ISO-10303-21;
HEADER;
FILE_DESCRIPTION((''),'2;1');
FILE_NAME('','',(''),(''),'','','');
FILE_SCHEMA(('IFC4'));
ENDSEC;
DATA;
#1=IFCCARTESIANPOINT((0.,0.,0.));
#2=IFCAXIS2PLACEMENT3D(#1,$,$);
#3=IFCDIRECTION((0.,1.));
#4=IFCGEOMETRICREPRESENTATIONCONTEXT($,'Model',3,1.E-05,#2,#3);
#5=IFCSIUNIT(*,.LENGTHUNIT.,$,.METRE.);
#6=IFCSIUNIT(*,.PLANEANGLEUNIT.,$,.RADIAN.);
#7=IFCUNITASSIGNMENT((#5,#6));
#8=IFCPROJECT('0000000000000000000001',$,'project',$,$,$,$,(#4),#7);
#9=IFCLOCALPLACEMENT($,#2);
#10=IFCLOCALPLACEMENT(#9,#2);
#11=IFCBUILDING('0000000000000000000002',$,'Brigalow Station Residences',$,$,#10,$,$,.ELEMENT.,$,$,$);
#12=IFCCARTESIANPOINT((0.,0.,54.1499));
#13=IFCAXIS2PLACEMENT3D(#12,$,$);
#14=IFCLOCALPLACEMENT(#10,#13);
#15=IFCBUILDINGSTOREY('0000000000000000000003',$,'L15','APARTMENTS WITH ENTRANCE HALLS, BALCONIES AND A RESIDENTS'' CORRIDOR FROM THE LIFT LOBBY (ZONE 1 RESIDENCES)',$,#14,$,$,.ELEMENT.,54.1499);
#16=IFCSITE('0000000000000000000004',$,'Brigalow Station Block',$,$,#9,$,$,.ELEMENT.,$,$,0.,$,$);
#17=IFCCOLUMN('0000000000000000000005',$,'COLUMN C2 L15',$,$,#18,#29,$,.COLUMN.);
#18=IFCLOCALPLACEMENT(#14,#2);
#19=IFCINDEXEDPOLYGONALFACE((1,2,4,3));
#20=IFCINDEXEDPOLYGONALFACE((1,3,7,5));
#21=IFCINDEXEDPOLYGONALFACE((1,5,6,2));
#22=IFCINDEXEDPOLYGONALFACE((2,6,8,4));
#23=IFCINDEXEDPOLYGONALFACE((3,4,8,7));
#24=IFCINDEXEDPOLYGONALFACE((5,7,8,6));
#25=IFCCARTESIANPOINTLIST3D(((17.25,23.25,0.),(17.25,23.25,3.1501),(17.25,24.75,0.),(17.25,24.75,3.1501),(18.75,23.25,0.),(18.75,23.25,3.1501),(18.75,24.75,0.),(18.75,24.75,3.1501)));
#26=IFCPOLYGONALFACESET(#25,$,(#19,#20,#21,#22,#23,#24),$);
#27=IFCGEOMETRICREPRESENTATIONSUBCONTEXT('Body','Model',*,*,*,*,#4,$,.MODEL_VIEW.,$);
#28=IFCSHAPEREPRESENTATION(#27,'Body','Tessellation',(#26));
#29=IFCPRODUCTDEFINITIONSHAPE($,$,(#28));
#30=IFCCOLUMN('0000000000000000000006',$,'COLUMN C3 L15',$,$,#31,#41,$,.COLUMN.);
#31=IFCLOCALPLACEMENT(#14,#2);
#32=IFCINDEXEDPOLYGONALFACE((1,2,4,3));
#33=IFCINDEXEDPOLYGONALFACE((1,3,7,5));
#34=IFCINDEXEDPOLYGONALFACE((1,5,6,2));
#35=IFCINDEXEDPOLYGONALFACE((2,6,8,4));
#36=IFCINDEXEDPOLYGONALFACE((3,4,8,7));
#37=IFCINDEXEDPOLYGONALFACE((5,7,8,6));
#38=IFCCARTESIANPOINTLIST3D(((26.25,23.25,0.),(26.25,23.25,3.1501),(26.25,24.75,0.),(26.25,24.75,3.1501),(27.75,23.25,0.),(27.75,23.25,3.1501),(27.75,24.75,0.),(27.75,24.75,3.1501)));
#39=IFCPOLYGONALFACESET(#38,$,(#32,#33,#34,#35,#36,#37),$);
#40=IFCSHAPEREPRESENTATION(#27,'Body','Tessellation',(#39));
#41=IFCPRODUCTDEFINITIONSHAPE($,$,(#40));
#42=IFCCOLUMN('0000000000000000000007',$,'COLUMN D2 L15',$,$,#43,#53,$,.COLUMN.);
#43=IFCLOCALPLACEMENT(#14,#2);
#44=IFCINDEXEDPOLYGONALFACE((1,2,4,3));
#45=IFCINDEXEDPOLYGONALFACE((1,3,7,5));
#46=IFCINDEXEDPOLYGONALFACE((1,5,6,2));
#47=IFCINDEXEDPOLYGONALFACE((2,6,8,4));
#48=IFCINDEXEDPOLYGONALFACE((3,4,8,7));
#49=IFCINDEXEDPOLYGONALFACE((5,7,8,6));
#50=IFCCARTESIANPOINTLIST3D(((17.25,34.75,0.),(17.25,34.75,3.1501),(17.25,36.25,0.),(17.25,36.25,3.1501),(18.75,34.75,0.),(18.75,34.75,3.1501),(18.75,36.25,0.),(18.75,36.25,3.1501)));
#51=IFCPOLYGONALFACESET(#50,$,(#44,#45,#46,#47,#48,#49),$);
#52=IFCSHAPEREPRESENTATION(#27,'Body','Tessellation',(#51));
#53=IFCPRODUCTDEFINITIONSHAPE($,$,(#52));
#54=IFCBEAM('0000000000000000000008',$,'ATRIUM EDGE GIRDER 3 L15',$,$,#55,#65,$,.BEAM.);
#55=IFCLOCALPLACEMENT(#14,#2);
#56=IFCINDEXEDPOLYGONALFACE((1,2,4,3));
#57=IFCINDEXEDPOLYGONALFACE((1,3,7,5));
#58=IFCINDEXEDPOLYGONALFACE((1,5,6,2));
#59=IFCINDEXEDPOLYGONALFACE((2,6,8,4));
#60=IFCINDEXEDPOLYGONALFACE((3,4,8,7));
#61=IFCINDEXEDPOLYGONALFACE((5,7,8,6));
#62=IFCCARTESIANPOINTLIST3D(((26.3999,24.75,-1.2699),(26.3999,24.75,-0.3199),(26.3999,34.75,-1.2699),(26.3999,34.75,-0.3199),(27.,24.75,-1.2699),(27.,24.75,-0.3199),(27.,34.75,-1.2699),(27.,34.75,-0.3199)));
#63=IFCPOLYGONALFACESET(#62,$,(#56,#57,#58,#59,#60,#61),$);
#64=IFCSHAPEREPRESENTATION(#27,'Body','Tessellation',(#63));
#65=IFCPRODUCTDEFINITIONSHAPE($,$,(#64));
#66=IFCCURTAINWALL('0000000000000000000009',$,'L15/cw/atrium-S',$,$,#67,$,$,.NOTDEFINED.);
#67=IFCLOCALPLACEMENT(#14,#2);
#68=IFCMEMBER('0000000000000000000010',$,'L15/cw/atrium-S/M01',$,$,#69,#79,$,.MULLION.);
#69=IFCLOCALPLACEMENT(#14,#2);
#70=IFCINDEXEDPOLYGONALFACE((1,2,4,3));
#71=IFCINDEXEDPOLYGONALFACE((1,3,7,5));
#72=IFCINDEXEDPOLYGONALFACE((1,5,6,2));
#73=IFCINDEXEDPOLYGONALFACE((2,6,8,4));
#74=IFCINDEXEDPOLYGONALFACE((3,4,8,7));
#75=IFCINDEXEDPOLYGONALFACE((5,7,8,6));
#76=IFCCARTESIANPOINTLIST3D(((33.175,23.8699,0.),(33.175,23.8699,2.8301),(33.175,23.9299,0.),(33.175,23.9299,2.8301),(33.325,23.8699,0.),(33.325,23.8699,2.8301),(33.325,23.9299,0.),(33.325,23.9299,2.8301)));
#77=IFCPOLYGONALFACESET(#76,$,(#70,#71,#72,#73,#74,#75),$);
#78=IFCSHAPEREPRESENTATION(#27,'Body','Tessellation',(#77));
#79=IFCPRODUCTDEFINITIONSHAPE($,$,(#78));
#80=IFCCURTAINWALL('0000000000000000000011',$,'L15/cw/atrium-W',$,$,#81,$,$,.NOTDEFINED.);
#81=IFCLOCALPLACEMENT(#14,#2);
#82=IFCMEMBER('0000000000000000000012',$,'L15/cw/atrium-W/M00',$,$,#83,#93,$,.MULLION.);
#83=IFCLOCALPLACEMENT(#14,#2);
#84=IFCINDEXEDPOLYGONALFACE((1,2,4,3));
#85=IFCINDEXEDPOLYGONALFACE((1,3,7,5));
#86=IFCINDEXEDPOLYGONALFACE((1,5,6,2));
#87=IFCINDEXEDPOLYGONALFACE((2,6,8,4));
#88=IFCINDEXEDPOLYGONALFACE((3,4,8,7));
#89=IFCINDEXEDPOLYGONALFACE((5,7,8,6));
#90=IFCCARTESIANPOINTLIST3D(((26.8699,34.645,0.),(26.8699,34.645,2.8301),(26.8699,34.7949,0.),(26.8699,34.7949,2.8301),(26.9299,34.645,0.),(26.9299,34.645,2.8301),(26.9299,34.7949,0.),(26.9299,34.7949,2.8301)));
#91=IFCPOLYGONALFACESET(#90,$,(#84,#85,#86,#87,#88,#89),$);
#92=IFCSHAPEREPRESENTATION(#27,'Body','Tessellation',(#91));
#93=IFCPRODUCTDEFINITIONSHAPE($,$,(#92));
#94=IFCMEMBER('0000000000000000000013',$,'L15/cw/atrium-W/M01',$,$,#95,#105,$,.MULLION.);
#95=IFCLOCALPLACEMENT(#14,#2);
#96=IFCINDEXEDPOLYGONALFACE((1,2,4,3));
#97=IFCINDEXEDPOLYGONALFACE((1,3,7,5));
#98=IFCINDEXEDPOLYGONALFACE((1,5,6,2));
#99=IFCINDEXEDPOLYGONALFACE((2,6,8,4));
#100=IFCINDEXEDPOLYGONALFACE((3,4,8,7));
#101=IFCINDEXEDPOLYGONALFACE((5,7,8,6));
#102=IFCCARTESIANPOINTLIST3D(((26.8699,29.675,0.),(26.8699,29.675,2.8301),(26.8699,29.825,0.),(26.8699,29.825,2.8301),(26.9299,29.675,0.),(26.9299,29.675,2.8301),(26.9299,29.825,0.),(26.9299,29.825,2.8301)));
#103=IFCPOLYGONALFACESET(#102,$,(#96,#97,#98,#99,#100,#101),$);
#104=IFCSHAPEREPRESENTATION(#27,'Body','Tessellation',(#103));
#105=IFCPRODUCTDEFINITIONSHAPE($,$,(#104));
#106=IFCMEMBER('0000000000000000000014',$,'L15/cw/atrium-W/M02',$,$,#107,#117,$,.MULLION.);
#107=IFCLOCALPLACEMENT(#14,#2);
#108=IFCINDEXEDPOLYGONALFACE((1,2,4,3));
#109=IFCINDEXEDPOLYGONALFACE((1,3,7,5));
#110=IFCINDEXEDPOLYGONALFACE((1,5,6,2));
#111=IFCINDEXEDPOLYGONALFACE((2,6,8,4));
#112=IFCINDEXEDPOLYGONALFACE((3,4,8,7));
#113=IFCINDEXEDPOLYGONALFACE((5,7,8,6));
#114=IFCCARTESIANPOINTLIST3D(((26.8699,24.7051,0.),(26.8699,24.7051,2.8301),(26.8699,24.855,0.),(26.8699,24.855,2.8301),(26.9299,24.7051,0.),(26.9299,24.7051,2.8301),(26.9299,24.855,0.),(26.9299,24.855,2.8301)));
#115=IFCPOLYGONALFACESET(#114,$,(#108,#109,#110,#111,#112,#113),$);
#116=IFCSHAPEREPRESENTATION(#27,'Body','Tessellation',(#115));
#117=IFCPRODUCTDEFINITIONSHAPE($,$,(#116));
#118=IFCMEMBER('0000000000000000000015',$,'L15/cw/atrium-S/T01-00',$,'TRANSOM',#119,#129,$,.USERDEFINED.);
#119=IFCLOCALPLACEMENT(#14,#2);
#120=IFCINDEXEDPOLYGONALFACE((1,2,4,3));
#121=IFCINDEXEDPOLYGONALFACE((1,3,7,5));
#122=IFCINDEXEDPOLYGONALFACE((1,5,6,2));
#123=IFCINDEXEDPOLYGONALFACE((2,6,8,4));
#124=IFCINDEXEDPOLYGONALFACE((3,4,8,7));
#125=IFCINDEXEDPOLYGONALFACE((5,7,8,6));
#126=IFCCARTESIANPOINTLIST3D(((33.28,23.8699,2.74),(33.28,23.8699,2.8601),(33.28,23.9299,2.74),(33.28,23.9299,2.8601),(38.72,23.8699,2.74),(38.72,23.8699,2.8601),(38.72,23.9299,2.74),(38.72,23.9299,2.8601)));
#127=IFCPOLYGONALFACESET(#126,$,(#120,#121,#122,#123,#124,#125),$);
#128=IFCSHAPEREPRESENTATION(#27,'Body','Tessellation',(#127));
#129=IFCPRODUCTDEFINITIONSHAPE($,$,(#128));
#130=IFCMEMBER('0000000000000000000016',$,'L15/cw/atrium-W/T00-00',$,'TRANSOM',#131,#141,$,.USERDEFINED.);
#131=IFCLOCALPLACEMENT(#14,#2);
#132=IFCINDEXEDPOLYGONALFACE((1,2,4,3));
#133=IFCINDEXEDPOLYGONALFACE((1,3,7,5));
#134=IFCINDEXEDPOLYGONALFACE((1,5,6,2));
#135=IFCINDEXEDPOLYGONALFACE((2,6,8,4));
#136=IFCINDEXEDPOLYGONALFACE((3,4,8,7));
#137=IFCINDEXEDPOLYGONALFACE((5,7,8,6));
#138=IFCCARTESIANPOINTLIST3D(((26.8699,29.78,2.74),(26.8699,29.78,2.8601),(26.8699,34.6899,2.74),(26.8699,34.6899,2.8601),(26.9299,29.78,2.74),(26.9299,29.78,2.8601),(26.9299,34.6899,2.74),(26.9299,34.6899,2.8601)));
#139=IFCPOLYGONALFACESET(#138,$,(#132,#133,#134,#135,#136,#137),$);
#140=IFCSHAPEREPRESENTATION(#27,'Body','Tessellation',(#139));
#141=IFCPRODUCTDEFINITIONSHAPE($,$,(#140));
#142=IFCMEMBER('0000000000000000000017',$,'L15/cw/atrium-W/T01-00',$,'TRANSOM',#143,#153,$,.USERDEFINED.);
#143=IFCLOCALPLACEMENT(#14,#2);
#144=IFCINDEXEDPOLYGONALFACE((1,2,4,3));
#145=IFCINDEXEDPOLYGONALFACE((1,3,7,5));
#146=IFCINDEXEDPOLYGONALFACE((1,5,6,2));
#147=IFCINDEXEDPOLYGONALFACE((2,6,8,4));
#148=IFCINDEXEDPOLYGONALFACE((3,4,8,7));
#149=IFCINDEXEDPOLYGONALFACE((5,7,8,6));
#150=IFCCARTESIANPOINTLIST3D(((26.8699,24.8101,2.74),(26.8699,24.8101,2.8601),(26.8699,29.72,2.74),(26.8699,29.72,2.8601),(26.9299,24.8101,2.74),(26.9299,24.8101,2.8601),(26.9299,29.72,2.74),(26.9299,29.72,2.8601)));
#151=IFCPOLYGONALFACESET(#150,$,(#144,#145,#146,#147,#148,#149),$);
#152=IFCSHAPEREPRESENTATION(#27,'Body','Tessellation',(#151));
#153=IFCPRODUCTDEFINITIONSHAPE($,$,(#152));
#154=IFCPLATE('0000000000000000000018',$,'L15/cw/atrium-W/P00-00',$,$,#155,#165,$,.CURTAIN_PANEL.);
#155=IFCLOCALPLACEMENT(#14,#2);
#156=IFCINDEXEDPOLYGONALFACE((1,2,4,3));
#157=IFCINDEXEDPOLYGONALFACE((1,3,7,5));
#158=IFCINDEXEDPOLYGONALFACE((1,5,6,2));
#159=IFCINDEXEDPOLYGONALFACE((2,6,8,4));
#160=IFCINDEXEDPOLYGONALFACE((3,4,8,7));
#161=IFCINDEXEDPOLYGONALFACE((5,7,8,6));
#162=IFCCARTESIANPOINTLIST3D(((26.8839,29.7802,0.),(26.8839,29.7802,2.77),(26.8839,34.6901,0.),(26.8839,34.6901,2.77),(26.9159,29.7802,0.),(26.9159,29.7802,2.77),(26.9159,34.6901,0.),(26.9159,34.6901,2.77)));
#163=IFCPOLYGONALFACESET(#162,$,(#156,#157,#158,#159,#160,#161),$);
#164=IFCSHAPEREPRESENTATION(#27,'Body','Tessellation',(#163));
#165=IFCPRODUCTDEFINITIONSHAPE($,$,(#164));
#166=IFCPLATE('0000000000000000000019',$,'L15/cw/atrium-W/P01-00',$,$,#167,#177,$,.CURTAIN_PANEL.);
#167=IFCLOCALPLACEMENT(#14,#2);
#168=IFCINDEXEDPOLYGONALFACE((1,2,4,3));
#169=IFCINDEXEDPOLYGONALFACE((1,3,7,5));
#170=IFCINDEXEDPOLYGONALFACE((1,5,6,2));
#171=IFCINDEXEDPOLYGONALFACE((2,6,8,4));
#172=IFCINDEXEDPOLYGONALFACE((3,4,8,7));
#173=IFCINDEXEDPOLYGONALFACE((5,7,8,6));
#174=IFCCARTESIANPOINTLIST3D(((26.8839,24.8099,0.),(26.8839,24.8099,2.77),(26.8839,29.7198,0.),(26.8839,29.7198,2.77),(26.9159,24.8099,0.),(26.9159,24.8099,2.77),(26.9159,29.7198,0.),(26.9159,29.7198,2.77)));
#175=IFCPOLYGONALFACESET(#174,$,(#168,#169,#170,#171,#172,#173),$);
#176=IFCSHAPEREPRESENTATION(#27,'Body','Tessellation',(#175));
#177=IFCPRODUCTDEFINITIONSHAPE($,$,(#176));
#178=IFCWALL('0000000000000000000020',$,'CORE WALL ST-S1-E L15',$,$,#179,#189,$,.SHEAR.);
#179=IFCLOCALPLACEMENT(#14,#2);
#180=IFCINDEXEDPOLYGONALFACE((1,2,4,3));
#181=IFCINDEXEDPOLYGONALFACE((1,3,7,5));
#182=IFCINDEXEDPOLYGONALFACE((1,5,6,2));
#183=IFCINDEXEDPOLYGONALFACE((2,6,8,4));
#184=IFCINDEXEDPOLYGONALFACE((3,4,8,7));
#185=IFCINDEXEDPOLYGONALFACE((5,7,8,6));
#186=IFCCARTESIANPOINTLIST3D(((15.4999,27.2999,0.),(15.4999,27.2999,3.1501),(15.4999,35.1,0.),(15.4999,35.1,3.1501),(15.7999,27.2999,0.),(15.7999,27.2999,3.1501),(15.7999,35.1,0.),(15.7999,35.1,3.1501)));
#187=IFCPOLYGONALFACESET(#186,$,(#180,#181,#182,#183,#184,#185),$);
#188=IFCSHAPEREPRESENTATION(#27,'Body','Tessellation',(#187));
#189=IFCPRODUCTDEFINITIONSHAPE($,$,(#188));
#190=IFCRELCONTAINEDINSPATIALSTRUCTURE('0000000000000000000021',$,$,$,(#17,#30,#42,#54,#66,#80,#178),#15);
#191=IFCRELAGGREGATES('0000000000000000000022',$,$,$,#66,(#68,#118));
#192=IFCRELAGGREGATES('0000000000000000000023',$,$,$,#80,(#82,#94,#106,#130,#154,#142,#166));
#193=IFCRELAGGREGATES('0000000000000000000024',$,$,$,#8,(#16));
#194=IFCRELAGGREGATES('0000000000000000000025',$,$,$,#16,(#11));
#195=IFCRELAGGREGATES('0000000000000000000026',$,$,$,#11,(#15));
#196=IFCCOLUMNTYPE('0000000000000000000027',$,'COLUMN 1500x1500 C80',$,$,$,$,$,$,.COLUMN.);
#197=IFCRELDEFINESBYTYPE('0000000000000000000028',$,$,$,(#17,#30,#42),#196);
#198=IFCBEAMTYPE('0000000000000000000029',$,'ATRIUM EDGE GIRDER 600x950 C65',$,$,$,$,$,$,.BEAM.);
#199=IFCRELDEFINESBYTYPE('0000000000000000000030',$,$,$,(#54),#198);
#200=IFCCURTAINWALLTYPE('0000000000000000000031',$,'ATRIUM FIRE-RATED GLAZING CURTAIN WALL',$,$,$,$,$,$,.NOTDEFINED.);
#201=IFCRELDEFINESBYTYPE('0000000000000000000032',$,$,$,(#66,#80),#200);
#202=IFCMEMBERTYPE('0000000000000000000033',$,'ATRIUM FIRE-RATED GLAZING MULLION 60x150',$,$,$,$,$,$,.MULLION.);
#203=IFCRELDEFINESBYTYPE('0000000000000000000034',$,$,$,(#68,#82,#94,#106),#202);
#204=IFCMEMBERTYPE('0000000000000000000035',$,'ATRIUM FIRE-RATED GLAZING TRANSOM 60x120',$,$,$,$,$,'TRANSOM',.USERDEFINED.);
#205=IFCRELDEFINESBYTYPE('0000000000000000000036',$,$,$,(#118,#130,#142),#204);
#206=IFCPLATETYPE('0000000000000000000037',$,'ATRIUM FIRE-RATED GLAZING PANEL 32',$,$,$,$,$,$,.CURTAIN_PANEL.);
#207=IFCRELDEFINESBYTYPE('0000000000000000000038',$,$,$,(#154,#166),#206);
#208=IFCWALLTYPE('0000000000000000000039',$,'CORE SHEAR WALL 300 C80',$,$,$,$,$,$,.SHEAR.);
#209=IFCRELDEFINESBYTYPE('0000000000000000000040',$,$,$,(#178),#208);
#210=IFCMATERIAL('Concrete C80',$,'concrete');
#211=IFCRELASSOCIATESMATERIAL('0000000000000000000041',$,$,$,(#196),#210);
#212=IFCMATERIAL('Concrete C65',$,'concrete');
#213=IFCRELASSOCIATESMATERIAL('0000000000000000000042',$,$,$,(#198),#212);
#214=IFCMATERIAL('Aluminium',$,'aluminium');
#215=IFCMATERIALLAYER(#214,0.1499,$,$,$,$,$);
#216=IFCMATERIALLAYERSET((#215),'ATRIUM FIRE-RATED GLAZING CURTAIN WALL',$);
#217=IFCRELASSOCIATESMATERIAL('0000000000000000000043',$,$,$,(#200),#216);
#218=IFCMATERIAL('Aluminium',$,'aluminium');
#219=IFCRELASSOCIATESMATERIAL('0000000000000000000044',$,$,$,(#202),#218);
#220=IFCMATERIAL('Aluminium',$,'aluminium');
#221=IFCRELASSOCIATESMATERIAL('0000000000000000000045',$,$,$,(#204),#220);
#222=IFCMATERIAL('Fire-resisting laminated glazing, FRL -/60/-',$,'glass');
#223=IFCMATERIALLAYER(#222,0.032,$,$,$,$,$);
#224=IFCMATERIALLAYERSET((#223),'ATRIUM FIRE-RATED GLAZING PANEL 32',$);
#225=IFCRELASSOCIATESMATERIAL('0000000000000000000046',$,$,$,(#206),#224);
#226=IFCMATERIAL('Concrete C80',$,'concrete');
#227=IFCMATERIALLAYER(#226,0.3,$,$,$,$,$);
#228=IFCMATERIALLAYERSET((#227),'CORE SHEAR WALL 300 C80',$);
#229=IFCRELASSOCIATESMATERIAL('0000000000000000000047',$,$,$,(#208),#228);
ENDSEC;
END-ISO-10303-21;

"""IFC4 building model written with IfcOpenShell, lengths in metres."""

from ifc_helpers import new_model, si_unit, direction, frame, frame_2d, origin, origin_2d, place, context, subcontext, project, spatial, rectangle, extrude, material, layer, layer_set, material_profile, profile_set, type_object, element, aggregate, save


model = new_model("IFC4")

# Units and contexts
model_context = context("Model", 3, precision=1e-05, world=origin(), true_north=direction((0.0, 1.0)))
body_context = subcontext(model_context, "Body", "Model", "MODEL_VIEW")
ifc_project = project(units=[si_unit("LENGTHUNIT", "METRE"), si_unit("PLANEANGLEUNIT", "RADIAN")], contexts=[model_context])

# Site, building, storey
site_placement = place(None, origin())
site = spatial("IfcSite", under=ifc_project, at=site_placement, Name="Brigalow Station Block", CompositionType="ELEMENT", RefElevation=0.0)
building_placement = place(site_placement, origin())
building = spatial("IfcBuilding", under=site, at=building_placement, Name="Brigalow Station Residences", CompositionType="ELEMENT")
storey_placement = place(building_placement, frame((0.0, 0.0, 54.1499)))
storey = spatial("IfcBuildingStorey", under=building, at=storey_placement, Name="L15", Description="APARTMENTS WITH ENTRANCE HALLS, BALCONIES AND A RESIDENTS' CORRIDOR FROM THE LIFT LOBBY (ZONE 1 RESIDENCES)", CompositionType="ELEMENT", Elevation=54.1499)

# Columns
ifc_material_1 = material(Name="Concrete C80", Category="concrete")
ifc_material_profile_1 = material_profile(ifc_material_1, rectangle(XDim=1.5, YDim=1.5, at=origin_2d()), Name="RC1500x1500")
ifc_profile_set_1 = profile_set([ifc_material_profile_1], Name="Concrete C80")
column_type = type_object("IfcColumnType", Name="COLUMN 1500x1500 C80", PredefinedType="COLUMN", material=ifc_profile_set_1)
for number, where, z_axis, x_axis, name in (
    (1, (18.0, 24.0, 0.0), (0.0, 0.0, 1.0), (1.0, 0.0, 0.0), "COLUMN C2 L15"),
    (2, (27.0, 24.0, 0.0), (0.0, 0.0, 1.0), (1.0, 0.0, 0.0), "COLUMN C3 L15"),
    (3, (18.0, 35.5, 0.0), (0.0, 0.0, 1.0), (1.0, 0.0, 0.0), "COLUMN D2 L15"),
):
    element("IfcColumn", number, at=place(storey_placement, frame(where, z_axis=z_axis, x_axis=x_axis)), inside=storey, type_object=column_type, Name=name, PredefinedType="COLUMN", context=body_context, shape_type="SweptSolid", body=[
        extrude(rectangle(XDim=1.5, YDim=1.5, at=origin_2d()), origin(), (0.0, 0.0, 1.0), 3.1501),
    ])

# Beam
ifc_material_2 = material(Name="Concrete C65", Category="concrete")
ifc_material_profile_2 = material_profile(ifc_material_2, rectangle(XDim=0.6001, YDim=0.95, at=origin_2d()), Name="RC600x950")
ifc_profile_set_2 = profile_set([ifc_material_profile_2], Name="Concrete C65")
beam_type = type_object("IfcBeamType", Name="ATRIUM EDGE GIRDER 600x950 C65", PredefinedType="BEAM", material=ifc_profile_set_2)
beam_placement = place(storey_placement, frame((26.7, 24.75, -0.7949), z_axis=(0.0, 1.0, 0.0), x_axis=(-1.0, 0.0, 0.0)))
element("IfcBeam", 4, at=beam_placement, inside=storey, type_object=beam_type, Name="ATRIUM EDGE GIRDER 3 L15", PredefinedType="BEAM", context=body_context, shape_type="SweptSolid", body=[
    extrude(rectangle(XDim=0.6001, YDim=0.95, at=origin_2d()), origin(), (0.0, 0.0, 1.0), 10.0),
])

# Curtain wall, member
ifc_material_3 = material(Name="Aluminium", Category="aluminium")
ifc_layer_1 = layer(ifc_material_3, 0.1499)
ifc_layer_set_1 = layer_set([ifc_layer_1], Name="ATRIUM FIRE-RATED GLAZING CURTAIN WALL")
curtain_wall_type = type_object("IfcCurtainWallType", Name="ATRIUM FIRE-RATED GLAZING CURTAIN WALL", PredefinedType="NOTDEFINED", material=ifc_layer_set_1)
curtain_wall_1_placement = place(storey_placement, origin())
curtain_wall_1 = element("IfcCurtainWall", 5, at=curtain_wall_1_placement, inside=storey, type_object=curtain_wall_type, Name="L15/cw/atrium-S", PredefinedType="NOTDEFINED")
ifc_material_4 = material(Name="Aluminium", Category="aluminium")
ifc_material_profile_3 = material_profile(ifc_material_4, rectangle(XDim=0.0601, YDim=0.1499, at=origin_2d()), Name="ATRIUM FIRE-RATED GLAZING MULLION 60x150")
ifc_profile_set_3 = profile_set([ifc_material_profile_3], Name="Aluminium")
member_type_1 = type_object("IfcMemberType", Name="ATRIUM FIRE-RATED GLAZING MULLION 60x150", PredefinedType="MULLION", material=ifc_profile_set_3)
member_1_placement = place(storey_placement, frame((33.25, 23.8999, 0.0), z_axis=(0.0, 0.0, 1.0), x_axis=(0.0, 1.0, 0.0)))
member_1 = element("IfcMember", 6, at=member_1_placement, type_object=member_type_1, Name="L15/cw/atrium-S/M01", PredefinedType="MULLION", context=body_context, shape_type="SweptSolid", body=[
    extrude(rectangle(XDim=0.0601, YDim=0.1499, at=origin_2d()), origin(), (0.0, 0.0, 1.0), 2.8301),
])

# Curtain wall, members
curtain_wall_2_placement = place(storey_placement, origin())
curtain_wall_2 = element("IfcCurtainWall", 7, at=curtain_wall_2_placement, inside=storey, type_object=curtain_wall_type, Name="L15/cw/atrium-W", PredefinedType="NOTDEFINED")
member_2_placement = place(storey_placement, frame((26.8999, 34.72, 0.0), z_axis=(0.0, 0.0, 1.0), x_axis=(1.0, 0.0, 0.0)))
member_2 = element("IfcMember", 8, at=member_2_placement, type_object=member_type_1, Name="L15/cw/atrium-W/M00", PredefinedType="MULLION", context=body_context, shape_type="SweptSolid", body=[
    extrude(rectangle(XDim=0.0601, YDim=0.1499, at=origin_2d()), origin(), (0.0, 0.0, 1.0), 2.8301),
])
member_3_placement = place(storey_placement, frame((26.8999, 29.75, 0.0), z_axis=(0.0, 0.0, 1.0), x_axis=(1.0, 0.0, 0.0)))
member_3 = element("IfcMember", 9, at=member_3_placement, type_object=member_type_1, Name="L15/cw/atrium-W/M01", PredefinedType="MULLION", context=body_context, shape_type="SweptSolid", body=[
    extrude(rectangle(XDim=0.0601, YDim=0.1499, at=origin_2d()), origin(), (0.0, 0.0, 1.0), 2.8301),
])
member_4_placement = place(storey_placement, frame((26.8999, 24.78, 0.0), z_axis=(0.0, 0.0, 1.0), x_axis=(1.0, 0.0, 0.0)))
member_4 = element("IfcMember", 10, at=member_4_placement, type_object=member_type_1, Name="L15/cw/atrium-W/M02", PredefinedType="MULLION", context=body_context, shape_type="SweptSolid", body=[
    extrude(rectangle(XDim=0.0601, YDim=0.1499, at=origin_2d()), origin(), (0.0, 0.0, 1.0), 2.8301),
])

# Members
ifc_material_5 = material(Name="Aluminium", Category="aluminium")
ifc_material_profile_4 = material_profile(ifc_material_5, rectangle(XDim=0.0601, YDim=0.1201, at=origin_2d()), Name="ATRIUM FIRE-RATED GLAZING TRANSOM 60x120")
ifc_profile_set_4 = profile_set([ifc_material_profile_4], Name="Aluminium")
member_type_2 = type_object("IfcMemberType", Name="ATRIUM FIRE-RATED GLAZING TRANSOM 60x120", ElementType="TRANSOM", PredefinedType="USERDEFINED", material=ifc_profile_set_4)
member_5_placement = place(storey_placement, frame((33.28, 23.8999, 2.8), z_axis=(1.0, 0.0, 0.0), x_axis=(0.0, 1.0, 0.0)))
member_5 = element("IfcMember", 11, at=member_5_placement, type_object=member_type_2, Name="L15/cw/atrium-S/T01-00", ObjectType="TRANSOM", PredefinedType="USERDEFINED", context=body_context, shape_type="SweptSolid", body=[
    extrude(rectangle(XDim=0.0601, YDim=0.1201, at=origin_2d()), origin(), (0.0, 0.0, 1.0), 5.4399),
])
aggregate(curtain_wall_1, [member_1, member_5])
member_6_placement = place(storey_placement, frame((26.8999, 34.6899, 2.8), z_axis=(0.0, -1.0, 0.0), x_axis=(1.0, 0.0, 0.0)))
member_6 = element("IfcMember", 12, at=member_6_placement, type_object=member_type_2, Name="L15/cw/atrium-W/T00-00", ObjectType="TRANSOM", PredefinedType="USERDEFINED", context=body_context, shape_type="SweptSolid", body=[
    extrude(rectangle(XDim=0.0601, YDim=0.1201, at=origin_2d()), origin(), (0.0, 0.0, 1.0), 4.9099),
])
member_7_placement = place(storey_placement, frame((26.8999, 29.72, 2.8), z_axis=(0.0, -1.0, 0.0), x_axis=(1.0, 0.0, 0.0)))
member_7 = element("IfcMember", 13, at=member_7_placement, type_object=member_type_2, Name="L15/cw/atrium-W/T01-00", ObjectType="TRANSOM", PredefinedType="USERDEFINED", context=body_context, shape_type="SweptSolid", body=[
    extrude(rectangle(XDim=0.0601, YDim=0.1201, at=origin_2d()), origin(), (0.0, 0.0, 1.0), 4.9099),
])

# Plates
ifc_material_6 = material(Name="Fire-resisting laminated glazing, FRL -/60/-", Category="glass")
ifc_layer_2 = layer(ifc_material_6, 0.032)
ifc_layer_set_2 = layer_set([ifc_layer_2], Name="ATRIUM FIRE-RATED GLAZING PANEL 32")
plate_type = type_object("IfcPlateType", Name="ATRIUM FIRE-RATED GLAZING PANEL 32", PredefinedType="CURTAIN_PANEL", material=ifc_layer_set_2)
plate_1_placement = place(storey_placement, frame((26.8999, 32.2351, 0.0), z_axis=(0.0, 0.0, 1.0), x_axis=(0.0, -1.0, 0.0)))
plate_1 = element("IfcPlate", 14, at=plate_1_placement, type_object=plate_type, Name="L15/cw/atrium-W/P00-00", PredefinedType="CURTAIN_PANEL", context=body_context, shape_type="SweptSolid", body=[
    extrude(rectangle(XDim=4.9099, YDim=0.032, at=origin_2d()), origin(), (0.0, 0.0, 1.0), 2.77),
])
plate_2_placement = place(storey_placement, frame((26.8999, 27.2649, 0.0), z_axis=(0.0, 0.0, 1.0), x_axis=(0.0, -1.0, 0.0)))
plate_2 = element("IfcPlate", 15, at=plate_2_placement, type_object=plate_type, Name="L15/cw/atrium-W/P01-00", PredefinedType="CURTAIN_PANEL", context=body_context, shape_type="SweptSolid", body=[
    extrude(rectangle(XDim=4.9099, YDim=0.032, at=origin_2d()), origin(), (0.0, 0.0, 1.0), 2.77),
])
aggregate(curtain_wall_2, [member_2, member_3, member_4, member_6, plate_1, member_7, plate_2])

# Wall
ifc_material_7 = material(Name="Concrete C80", Category="concrete")
ifc_layer_3 = layer(ifc_material_7, 0.3)
ifc_layer_set_3 = layer_set([ifc_layer_3], Name="CORE SHEAR WALL 300 C80")
wall_type_1 = type_object("IfcWallType", Name="CORE SHEAR WALL 300 C80", PredefinedType="SHEAR", material=ifc_layer_set_3)
wall_1_placement = place(storey_placement, frame((15.6499, 27.3, 0.0), z_axis=(0.0, 0.0, 1.0), x_axis=(0.0, 1.0, 0.0)))
element("IfcWall", 16, at=wall_1_placement, inside=storey, type_object=wall_type_1, Name="CORE WALL ST-S1-E L15", PredefinedType="SHEAR", context=body_context, shape_type="SweptSolid", body=[
    extrude(rectangle(XDim=7.8, YDim=0.3, at=frame_2d((3.8999, 0.0))), origin(), (0.0, 0.0, 1.0), 3.1501),
])

save(model, "model.ifc")
